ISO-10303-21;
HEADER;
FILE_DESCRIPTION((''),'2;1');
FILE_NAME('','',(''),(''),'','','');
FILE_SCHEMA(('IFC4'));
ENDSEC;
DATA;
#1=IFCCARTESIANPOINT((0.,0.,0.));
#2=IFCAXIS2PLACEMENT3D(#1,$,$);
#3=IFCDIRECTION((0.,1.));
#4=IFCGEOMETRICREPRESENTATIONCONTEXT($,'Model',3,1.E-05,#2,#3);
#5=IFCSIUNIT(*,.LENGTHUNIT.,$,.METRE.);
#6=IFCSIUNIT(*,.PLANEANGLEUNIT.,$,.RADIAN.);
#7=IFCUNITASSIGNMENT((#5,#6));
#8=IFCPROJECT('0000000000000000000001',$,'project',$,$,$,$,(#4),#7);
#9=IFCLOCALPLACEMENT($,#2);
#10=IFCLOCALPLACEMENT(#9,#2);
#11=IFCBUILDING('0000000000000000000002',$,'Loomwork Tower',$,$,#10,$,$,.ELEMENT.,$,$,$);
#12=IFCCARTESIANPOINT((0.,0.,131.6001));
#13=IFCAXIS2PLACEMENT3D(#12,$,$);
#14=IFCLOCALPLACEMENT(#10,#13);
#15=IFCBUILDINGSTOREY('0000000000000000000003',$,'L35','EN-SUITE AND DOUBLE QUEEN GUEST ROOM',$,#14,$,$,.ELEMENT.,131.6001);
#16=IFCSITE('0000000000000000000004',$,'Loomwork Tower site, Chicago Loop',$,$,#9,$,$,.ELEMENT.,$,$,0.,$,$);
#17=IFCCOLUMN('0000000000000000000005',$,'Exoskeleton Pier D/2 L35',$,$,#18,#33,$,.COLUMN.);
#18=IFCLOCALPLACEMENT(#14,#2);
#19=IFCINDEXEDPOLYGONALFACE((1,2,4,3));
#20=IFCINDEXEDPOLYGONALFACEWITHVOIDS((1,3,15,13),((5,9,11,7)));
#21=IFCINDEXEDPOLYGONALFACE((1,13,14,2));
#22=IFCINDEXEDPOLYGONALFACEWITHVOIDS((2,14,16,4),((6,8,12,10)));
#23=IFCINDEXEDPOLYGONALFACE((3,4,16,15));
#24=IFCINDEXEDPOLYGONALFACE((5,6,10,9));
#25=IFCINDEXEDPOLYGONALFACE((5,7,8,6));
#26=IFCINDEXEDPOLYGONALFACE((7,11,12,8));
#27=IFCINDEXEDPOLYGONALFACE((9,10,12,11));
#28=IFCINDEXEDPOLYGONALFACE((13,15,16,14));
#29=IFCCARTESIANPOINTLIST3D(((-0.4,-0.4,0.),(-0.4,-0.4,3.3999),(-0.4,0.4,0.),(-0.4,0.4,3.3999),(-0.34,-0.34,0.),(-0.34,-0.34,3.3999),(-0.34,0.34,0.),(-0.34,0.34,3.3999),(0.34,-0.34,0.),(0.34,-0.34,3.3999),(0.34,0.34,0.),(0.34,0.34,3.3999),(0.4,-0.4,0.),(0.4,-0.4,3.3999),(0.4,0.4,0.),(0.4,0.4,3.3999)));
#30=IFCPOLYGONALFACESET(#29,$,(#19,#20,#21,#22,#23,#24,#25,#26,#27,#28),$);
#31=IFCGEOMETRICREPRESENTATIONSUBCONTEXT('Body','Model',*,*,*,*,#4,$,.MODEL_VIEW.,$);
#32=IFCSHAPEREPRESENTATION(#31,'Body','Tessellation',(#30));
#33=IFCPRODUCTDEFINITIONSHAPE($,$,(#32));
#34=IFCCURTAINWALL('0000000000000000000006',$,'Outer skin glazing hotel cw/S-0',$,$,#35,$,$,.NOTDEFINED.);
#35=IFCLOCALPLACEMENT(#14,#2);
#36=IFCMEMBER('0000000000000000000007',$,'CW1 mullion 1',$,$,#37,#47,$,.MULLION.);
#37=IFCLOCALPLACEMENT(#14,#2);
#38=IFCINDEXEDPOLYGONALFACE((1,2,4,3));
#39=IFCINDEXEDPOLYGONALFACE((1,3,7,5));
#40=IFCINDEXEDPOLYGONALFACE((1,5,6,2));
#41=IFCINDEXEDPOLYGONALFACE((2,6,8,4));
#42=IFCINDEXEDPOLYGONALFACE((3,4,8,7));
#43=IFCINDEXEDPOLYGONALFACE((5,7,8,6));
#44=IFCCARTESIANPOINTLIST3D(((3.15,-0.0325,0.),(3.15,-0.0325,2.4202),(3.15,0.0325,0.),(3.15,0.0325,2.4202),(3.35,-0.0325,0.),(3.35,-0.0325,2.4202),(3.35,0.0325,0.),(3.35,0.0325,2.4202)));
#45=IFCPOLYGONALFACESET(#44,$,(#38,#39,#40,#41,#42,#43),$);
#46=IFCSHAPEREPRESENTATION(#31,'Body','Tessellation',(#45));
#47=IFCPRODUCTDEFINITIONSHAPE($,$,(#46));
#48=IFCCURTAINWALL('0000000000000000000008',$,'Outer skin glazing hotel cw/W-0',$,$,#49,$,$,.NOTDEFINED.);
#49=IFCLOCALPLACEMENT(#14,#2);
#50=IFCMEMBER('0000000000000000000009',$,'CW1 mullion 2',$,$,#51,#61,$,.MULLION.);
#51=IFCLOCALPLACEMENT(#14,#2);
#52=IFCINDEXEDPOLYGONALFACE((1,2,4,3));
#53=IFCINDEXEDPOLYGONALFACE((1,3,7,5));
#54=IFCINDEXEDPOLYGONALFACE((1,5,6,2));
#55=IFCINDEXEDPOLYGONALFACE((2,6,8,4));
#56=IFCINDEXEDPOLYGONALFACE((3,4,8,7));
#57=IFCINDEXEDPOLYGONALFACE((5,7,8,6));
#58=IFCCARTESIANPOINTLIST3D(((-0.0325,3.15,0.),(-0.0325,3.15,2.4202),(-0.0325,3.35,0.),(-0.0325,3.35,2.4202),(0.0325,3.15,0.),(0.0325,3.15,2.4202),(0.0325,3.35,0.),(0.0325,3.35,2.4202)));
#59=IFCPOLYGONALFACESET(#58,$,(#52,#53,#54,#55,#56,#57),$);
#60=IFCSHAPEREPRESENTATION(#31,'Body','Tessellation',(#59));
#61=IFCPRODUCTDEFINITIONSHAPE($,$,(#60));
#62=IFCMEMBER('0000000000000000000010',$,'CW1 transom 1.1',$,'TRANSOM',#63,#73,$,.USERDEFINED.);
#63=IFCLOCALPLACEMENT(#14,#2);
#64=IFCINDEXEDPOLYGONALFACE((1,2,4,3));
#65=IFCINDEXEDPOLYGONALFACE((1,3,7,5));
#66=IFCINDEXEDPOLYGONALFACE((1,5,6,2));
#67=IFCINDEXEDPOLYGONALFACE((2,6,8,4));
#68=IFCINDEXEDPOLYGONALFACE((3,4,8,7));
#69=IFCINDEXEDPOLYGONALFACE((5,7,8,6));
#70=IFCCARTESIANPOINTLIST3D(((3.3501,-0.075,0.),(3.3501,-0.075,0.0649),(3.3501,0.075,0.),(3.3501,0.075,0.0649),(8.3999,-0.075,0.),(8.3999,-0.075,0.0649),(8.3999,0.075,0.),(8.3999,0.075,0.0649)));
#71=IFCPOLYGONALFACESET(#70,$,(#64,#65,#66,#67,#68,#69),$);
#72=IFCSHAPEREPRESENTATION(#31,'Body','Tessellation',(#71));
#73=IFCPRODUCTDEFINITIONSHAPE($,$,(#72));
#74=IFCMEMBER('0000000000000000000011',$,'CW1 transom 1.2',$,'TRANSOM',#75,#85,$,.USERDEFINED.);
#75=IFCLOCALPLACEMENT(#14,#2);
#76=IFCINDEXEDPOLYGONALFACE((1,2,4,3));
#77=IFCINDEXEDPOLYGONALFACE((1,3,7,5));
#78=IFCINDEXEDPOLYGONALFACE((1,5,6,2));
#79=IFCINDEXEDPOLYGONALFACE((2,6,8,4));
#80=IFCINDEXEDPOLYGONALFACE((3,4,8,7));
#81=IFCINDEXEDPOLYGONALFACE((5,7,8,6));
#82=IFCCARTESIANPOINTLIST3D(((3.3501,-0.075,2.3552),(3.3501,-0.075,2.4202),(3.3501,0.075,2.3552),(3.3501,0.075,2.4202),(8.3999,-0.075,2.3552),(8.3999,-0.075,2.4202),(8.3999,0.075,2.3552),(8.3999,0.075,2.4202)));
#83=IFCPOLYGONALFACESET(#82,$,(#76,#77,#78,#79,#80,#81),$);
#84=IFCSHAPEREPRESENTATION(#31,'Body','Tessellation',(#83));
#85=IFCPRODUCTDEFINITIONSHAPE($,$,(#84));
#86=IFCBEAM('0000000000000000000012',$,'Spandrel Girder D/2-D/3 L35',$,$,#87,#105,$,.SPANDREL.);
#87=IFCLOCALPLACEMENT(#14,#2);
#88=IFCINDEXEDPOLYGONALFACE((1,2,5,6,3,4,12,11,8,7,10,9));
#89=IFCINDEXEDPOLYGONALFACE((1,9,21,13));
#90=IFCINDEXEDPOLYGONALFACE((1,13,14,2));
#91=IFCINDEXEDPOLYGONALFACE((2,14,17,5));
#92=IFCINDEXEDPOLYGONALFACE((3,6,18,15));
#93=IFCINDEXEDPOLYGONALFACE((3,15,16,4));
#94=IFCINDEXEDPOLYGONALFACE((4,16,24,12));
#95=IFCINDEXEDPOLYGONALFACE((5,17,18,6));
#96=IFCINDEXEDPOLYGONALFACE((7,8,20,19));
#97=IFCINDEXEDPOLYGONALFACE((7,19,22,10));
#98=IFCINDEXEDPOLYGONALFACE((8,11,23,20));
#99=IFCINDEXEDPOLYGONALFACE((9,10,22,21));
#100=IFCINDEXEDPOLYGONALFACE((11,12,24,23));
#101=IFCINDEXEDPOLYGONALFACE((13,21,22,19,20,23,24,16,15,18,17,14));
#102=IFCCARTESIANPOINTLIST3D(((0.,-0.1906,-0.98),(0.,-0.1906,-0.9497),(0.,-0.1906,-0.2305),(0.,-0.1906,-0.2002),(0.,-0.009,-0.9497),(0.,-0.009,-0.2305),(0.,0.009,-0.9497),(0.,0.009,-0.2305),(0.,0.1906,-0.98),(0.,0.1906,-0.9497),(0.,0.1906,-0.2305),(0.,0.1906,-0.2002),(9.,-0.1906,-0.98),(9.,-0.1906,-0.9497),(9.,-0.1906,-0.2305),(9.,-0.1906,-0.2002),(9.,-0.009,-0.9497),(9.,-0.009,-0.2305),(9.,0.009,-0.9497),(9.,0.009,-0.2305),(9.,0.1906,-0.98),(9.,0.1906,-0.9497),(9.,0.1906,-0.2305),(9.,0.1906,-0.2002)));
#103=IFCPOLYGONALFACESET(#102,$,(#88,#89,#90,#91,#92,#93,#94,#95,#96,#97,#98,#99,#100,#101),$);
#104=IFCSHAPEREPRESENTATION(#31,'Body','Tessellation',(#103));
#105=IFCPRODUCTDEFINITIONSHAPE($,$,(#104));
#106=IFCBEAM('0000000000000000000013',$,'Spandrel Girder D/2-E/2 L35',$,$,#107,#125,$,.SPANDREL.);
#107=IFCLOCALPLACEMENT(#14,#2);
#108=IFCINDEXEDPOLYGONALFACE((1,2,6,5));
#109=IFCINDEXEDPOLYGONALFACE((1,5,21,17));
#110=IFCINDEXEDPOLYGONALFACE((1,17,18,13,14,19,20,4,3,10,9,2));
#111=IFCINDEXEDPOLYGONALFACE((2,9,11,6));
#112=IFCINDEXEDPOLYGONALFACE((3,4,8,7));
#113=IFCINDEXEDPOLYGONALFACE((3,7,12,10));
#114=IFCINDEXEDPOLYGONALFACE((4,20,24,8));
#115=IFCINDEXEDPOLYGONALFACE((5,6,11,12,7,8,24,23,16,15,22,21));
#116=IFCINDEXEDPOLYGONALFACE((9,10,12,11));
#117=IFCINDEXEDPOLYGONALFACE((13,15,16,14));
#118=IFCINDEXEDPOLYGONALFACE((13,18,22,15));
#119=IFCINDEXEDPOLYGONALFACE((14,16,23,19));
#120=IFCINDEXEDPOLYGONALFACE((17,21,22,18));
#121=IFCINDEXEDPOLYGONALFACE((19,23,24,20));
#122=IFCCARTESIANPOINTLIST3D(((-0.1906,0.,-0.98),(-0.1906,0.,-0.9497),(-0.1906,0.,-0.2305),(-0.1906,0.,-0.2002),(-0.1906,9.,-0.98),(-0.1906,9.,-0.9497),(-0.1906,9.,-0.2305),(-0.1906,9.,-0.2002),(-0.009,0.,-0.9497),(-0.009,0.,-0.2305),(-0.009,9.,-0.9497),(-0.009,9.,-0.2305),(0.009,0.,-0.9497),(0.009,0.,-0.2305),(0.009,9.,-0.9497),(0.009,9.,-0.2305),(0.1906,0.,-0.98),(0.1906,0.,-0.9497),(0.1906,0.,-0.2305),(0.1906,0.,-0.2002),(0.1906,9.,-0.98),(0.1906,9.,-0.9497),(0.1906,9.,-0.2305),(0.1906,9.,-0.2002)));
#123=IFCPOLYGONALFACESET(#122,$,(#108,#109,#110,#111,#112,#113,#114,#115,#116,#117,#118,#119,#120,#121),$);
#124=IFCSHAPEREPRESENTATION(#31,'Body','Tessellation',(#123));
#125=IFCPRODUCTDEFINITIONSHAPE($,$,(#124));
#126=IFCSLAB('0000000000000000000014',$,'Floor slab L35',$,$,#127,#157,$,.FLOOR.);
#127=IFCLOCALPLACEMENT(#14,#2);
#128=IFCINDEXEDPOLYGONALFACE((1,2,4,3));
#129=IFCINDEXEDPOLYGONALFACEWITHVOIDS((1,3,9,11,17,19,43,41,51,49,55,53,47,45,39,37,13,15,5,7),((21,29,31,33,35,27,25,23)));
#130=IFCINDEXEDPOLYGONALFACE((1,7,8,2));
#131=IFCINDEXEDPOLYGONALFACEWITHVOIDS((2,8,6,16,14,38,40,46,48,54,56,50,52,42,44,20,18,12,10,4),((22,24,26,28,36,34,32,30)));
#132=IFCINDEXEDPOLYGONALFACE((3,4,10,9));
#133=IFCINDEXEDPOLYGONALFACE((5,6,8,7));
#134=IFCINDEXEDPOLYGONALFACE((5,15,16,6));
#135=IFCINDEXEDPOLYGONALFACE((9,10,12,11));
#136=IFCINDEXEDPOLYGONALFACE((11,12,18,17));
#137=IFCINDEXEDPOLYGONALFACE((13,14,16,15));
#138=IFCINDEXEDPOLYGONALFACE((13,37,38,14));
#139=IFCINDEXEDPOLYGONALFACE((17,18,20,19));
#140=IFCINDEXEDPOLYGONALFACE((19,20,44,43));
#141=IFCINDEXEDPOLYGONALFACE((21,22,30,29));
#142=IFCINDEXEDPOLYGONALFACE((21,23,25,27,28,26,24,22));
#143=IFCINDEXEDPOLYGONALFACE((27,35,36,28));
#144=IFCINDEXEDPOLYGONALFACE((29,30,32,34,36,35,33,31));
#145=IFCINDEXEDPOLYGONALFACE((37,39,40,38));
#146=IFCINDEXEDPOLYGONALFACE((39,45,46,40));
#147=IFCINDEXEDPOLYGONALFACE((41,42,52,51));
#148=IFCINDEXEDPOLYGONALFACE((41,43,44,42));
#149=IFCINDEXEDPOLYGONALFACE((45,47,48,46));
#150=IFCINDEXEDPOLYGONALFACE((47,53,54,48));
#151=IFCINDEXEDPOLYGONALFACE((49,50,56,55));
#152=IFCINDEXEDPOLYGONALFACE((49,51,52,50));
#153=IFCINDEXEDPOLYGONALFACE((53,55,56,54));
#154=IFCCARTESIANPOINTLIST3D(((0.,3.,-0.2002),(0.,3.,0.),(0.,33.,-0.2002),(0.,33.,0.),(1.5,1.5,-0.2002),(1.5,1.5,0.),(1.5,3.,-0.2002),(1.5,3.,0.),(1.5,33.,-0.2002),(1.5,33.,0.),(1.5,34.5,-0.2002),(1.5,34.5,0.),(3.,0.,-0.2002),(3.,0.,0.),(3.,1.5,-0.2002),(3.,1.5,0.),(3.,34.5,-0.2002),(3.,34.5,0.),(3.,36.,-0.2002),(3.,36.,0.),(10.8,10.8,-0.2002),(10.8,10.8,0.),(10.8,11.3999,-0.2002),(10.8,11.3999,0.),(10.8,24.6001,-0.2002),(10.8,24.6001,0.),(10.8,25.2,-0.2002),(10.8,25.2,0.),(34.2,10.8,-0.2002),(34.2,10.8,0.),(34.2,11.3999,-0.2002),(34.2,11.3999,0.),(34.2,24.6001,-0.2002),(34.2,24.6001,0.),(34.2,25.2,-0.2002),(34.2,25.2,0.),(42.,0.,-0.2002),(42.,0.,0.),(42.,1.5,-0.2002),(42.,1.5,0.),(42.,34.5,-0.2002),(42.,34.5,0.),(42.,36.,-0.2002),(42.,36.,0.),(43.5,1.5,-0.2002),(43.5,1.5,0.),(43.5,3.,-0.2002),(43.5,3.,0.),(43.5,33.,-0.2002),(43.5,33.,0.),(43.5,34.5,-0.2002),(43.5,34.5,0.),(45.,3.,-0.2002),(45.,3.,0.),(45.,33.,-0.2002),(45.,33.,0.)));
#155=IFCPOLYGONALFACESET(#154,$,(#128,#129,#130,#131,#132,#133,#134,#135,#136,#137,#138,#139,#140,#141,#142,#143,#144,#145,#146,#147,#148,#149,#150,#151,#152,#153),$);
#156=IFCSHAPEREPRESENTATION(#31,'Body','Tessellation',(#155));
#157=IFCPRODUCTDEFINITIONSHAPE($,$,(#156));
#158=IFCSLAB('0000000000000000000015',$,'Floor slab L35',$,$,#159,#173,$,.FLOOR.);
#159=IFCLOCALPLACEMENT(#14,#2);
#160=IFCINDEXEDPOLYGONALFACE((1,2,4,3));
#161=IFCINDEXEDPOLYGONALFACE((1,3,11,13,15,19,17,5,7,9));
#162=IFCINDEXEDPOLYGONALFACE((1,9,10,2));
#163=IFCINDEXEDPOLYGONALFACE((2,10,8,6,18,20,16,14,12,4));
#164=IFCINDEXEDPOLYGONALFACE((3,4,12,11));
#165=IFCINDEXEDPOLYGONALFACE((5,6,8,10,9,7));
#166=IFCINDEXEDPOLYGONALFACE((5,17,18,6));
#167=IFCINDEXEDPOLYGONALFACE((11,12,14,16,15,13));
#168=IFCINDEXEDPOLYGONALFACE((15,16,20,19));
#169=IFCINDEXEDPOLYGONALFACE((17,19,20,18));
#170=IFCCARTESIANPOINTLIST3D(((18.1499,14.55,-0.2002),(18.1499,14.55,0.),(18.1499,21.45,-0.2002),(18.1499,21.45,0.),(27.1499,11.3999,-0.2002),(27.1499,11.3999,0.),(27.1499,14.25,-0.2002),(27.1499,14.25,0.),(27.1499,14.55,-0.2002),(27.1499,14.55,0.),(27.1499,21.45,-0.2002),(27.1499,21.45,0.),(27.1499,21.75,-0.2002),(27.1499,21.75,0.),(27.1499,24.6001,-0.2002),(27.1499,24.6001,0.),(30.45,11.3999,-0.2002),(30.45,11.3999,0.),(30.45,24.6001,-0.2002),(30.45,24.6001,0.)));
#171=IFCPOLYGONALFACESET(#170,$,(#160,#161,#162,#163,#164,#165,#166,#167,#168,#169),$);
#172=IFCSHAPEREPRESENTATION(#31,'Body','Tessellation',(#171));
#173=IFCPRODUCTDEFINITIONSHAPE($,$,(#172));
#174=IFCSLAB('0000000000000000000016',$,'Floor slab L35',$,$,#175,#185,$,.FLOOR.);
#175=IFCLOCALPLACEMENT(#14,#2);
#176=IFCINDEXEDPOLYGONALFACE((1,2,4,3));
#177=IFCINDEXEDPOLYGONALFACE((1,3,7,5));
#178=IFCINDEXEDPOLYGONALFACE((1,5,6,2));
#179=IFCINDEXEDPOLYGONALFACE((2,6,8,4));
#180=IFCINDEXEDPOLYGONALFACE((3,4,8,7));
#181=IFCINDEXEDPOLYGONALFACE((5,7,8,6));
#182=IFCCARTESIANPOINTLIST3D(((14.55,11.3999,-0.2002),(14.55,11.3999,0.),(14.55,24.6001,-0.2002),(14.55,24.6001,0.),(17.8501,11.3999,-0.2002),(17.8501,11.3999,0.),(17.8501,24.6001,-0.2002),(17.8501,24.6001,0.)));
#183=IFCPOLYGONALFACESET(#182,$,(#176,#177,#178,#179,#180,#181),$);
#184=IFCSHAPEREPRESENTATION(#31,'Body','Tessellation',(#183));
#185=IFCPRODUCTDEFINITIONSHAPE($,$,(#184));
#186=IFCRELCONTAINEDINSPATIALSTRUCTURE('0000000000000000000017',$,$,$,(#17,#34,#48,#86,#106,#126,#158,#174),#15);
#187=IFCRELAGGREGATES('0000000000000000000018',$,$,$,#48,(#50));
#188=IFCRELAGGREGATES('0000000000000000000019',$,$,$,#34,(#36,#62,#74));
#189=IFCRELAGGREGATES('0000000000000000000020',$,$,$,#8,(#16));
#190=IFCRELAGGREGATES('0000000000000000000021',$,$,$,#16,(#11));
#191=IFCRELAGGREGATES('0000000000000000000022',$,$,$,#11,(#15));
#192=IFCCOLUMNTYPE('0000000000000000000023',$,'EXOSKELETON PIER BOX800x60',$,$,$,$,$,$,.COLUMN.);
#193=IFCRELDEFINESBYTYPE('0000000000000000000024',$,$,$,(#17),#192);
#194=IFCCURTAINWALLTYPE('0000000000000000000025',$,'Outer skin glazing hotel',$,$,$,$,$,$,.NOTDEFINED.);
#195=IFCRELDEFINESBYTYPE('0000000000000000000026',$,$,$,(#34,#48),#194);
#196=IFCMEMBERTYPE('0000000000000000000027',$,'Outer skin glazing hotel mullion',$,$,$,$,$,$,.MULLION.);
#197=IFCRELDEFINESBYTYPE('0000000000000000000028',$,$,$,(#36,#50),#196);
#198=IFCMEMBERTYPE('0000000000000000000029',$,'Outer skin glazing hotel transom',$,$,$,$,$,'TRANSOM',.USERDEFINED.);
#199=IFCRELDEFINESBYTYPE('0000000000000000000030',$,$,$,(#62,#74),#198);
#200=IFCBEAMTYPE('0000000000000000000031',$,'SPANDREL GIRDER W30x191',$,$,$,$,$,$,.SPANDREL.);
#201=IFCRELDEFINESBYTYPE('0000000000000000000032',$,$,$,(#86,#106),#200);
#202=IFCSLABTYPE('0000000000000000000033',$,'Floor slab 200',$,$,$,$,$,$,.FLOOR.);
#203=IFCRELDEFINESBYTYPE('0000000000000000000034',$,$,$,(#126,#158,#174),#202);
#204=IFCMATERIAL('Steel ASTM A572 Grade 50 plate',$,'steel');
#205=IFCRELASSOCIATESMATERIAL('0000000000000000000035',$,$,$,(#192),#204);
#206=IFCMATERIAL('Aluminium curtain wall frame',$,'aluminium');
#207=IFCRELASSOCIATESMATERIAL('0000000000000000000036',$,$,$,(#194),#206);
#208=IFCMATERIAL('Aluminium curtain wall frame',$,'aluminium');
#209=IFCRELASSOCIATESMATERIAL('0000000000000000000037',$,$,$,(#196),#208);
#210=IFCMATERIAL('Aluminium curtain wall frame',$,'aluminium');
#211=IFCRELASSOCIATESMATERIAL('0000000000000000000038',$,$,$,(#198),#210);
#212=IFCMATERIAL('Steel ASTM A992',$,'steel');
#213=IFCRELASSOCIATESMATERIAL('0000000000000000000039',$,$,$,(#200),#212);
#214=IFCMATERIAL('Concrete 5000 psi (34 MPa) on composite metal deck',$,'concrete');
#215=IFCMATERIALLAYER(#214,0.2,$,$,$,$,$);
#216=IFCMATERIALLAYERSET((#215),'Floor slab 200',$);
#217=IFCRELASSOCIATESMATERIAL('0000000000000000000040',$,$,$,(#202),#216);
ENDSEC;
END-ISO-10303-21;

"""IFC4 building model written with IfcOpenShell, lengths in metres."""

from ifc_helpers import new_model, si_unit, direction, frame, origin, origin_with_axes, origin_2d, place, context, subcontext, project, spatial, polyline, rectangle, hollow_rectangle, i_section, outline, extrude, material, layer, layer_set, material_profile, profile_set, type_object, element, aggregate, save


model = new_model("IFC4")

# Units and contexts
model_context = context("Model", 3, precision=1e-05, world=origin(), true_north=direction((0.0, 1.0)))
body_context = subcontext(model_context, "Body", "Model", "MODEL_VIEW")
ifc_project = project(units=[si_unit("LENGTHUNIT", "METRE"), si_unit("PLANEANGLEUNIT", "RADIAN")], contexts=[model_context])

# Site, building, storey
site_placement = place(None, origin())
site = spatial("IfcSite", under=ifc_project, at=site_placement, Name="Loomwork Tower site, Chicago Loop", CompositionType="ELEMENT", RefElevation=0.0)
building_placement = place(site_placement, origin())
building = spatial("IfcBuilding", under=site, at=building_placement, Name="Loomwork Tower", CompositionType="ELEMENT")
storey_placement = place(building_placement, frame((0.0, 0.0, 131.6001)))
storey = spatial("IfcBuildingStorey", under=building, at=storey_placement, Name="L35", Description="EN-SUITE AND DOUBLE QUEEN GUEST ROOM", CompositionType="ELEMENT", Elevation=131.6001)

# Column
ifc_material_1 = material(Name="Steel ASTM A572 Grade 50 plate", Category="steel")
ifc_material_profile_1 = material_profile(ifc_material_1, hollow_rectangle(XDim=0.8, YDim=0.8, WallThickness=0.0601, at=origin_2d()), Name="BOX800x60")
ifc_profile_set_1 = profile_set([ifc_material_profile_1], Name="Steel ASTM A572 Grade 50 plate")
column_type = type_object("IfcColumnType", Name="EXOSKELETON PIER BOX800x60", PredefinedType="COLUMN", material=ifc_profile_set_1)
column_placement = place(storey_placement, origin_with_axes())
element("IfcColumn", 1, at=column_placement, inside=storey, type_object=column_type, Name="Exoskeleton Pier D/2 L35", PredefinedType="COLUMN", context=body_context, shape_type="SweptSolid", body=[
    extrude(hollow_rectangle(XDim=0.8, YDim=0.8, WallThickness=0.0601, at=origin_2d()), origin(), (0.0, 0.0, 1.0), 3.3999),
])

# Curtain walls, members
ifc_material_2 = material(Name="Aluminium curtain wall frame", Category="aluminium")
curtain_wall_type = type_object("IfcCurtainWallType", Name="Outer skin glazing hotel", PredefinedType="NOTDEFINED", material=ifc_material_2)
curtain_wall_1_placement = place(storey_placement, origin())
curtain_wall_1 = element("IfcCurtainWall", 2, at=curtain_wall_1_placement, inside=storey, type_object=curtain_wall_type, Name="Outer skin glazing hotel cw/S-0", PredefinedType="NOTDEFINED")
ifc_material_3 = material(Name="Aluminium curtain wall frame", Category="aluminium")
ifc_material_profile_2 = material_profile(ifc_material_3, rectangle(XDim=0.0649, YDim=0.2, at=origin_2d()), Name="AL 65x200")
ifc_profile_set_2 = profile_set([ifc_material_profile_2], Name="Aluminium curtain wall frame")
member_type_1 = type_object("IfcMemberType", Name="Outer skin glazing hotel mullion", PredefinedType="MULLION", material=ifc_profile_set_2)
member_1_placement = place(storey_placement, frame((3.25, 0.0, 0.0), z_axis=(0.0, 0.0, 1.0), x_axis=(0.0, 1.0, 0.0)))
member_1 = element("IfcMember", 3, at=member_1_placement, type_object=member_type_1, Name="CW1 mullion 1", PredefinedType="MULLION", context=body_context, shape_type="SweptSolid", body=[
    extrude(rectangle(XDim=0.0649, YDim=0.2, at=origin_2d()), origin(), (0.0, 0.0, 1.0), 2.4202),
])
curtain_wall_2_placement = place(storey_placement, origin())
curtain_wall_2 = element("IfcCurtainWall", 4, at=curtain_wall_2_placement, inside=storey, type_object=curtain_wall_type, Name="Outer skin glazing hotel cw/W-0", PredefinedType="NOTDEFINED")
member_2_placement = place(storey_placement, frame((0.0, 3.25, 0.0), z_axis=(0.0, 0.0, 1.0), x_axis=(1.0, 0.0, 0.0)))
member_2 = element("IfcMember", 5, at=member_2_placement, type_object=member_type_1, Name="CW1 mullion 2", PredefinedType="MULLION", context=body_context, shape_type="SweptSolid", body=[
    extrude(rectangle(XDim=0.0649, YDim=0.2, at=origin_2d()), origin(), (0.0, 0.0, 1.0), 2.4202),
])
aggregate(curtain_wall_2, [member_2])

# Members
ifc_material_4 = material(Name="Aluminium curtain wall frame", Category="aluminium")
ifc_material_profile_3 = material_profile(ifc_material_4, rectangle(XDim=0.1499, YDim=0.0649, at=origin_2d()), Name="AL 65x150")
ifc_profile_set_3 = profile_set([ifc_material_profile_3], Name="Aluminium curtain wall frame")
member_type_2 = type_object("IfcMemberType", Name="Outer skin glazing hotel transom", ElementType="TRANSOM", PredefinedType="USERDEFINED", material=ifc_profile_set_3)
member_3_placement = place(storey_placement, frame((3.3501, 0.0, 0.0325), z_axis=(1.0, 0.0, 0.0), x_axis=(0.0, 1.0, 0.0)))
member_3 = element("IfcMember", 6, at=member_3_placement, type_object=member_type_2, Name="CW1 transom 1.1", ObjectType="TRANSOM", PredefinedType="USERDEFINED", context=body_context, shape_type="SweptSolid", body=[
    extrude(rectangle(XDim=0.1499, YDim=0.0649, at=origin_2d()), origin(), (0.0, 0.0, 1.0), 5.0498),
])
member_4_placement = place(storey_placement, frame((3.3501, 0.0, 2.3877), z_axis=(1.0, 0.0, 0.0), x_axis=(0.0, 1.0, 0.0)))
member_4 = element("IfcMember", 7, at=member_4_placement, type_object=member_type_2, Name="CW1 transom 1.2", ObjectType="TRANSOM", PredefinedType="USERDEFINED", context=body_context, shape_type="SweptSolid", body=[
    extrude(rectangle(XDim=0.1499, YDim=0.0649, at=origin_2d()), origin(), (0.0, 0.0, 1.0), 5.0498),
])

# Beams
ifc_material_5 = material(Name="Steel ASTM A992", Category="steel")
ifc_material_profile_4 = material_profile(ifc_material_5, i_section(OverallWidth=0.3811, OverallDepth=0.7798, WebThickness=0.0181, FlangeThickness=0.0303, at=origin_2d()), Name="W30x191")
ifc_profile_set_4 = profile_set([ifc_material_profile_4], Name="Steel ASTM A992")
beam_type = type_object("IfcBeamType", Name="SPANDREL GIRDER W30x191", PredefinedType="SPANDREL", material=ifc_profile_set_4)
for number, where, z_axis, x_axis, name in (
    (8, (0.0, 0.0, -0.5901), (1.0, 0.0, 0.0), (0.0, 1.0, 0.0), "Spandrel Girder D/2-D/3 L35"),
    (9, (0.0, 0.0, -0.5901), (0.0, 1.0, 0.0), (-1.0, 0.0, 0.0), "Spandrel Girder D/2-E/2 L35"),
):
    element("IfcBeam", number, at=place(storey_placement, frame(where, z_axis=z_axis, x_axis=x_axis)), inside=storey, type_object=beam_type, Name=name, PredefinedType="SPANDREL", context=body_context, shape_type="SweptSolid", body=[
        extrude(i_section(OverallWidth=0.3811, OverallDepth=0.7798, WebThickness=0.0181, FlangeThickness=0.0303, at=origin_2d()), origin(), (0.0, 0.0, 1.0), 9.0),
    ])

# Slabs
ifc_material_6 = material(Name="Concrete 5000 psi (34 MPa) on composite metal deck", Category="concrete")
ifc_layer_1 = layer(ifc_material_6, 0.2)
ifc_layer_set_1 = layer_set([ifc_layer_1], Name="Floor slab 200")
slab_type_1 = type_object("IfcSlabType", Name="Floor slab 200", PredefinedType="FLOOR", material=ifc_layer_set_1)
slab_1_placement = place(storey_placement, frame((0.0, 0.0, -0.2002)))
element("IfcSlab", 10, at=slab_1_placement, inside=storey, type_object=slab_type_1, Name="Floor slab L35", PredefinedType="FLOOR", context=body_context, shape_type="SweptSolid", body=[
    extrude(outline(polyline([(3.0, 1.5), (1.5, 1.5), (1.5, 3.0), (0.0, 3.0), (0.0, 33.0), (1.5, 33.0), (1.5, 34.5), (3.0, 34.5), (3.0, 36.0), (42.0, 36.0), (42.0, 34.5), (43.5, 34.5), (43.5, 33.0), (45.0, 33.0), (45.0, 3.0), (43.5, 3.0), (43.5, 1.5), (42.0, 1.5), (42.0, 0.0), (3.0, 0.0), (3.0, 1.5)]), holes=[polyline([(10.8, 11.3999), (10.8, 11.3999), (10.8, 10.8), (34.2, 10.8), (34.2, 11.3999), (34.2, 11.3999), (34.2, 24.6001), (34.2, 25.2), (10.8, 25.2), (10.8, 24.6001), (10.8, 11.3999)])]), origin(), (0.0, 0.0, 1.0), 0.2002),
])
slab_2_placement = place(storey_placement, frame((0.0, 0.0, -0.2002)))
element("IfcSlab", 11, at=slab_2_placement, inside=storey, type_object=slab_type_1, Name="Floor slab L35", PredefinedType="FLOOR", context=body_context, shape_type="SweptSolid", body=[
    extrude(outline(polyline([(30.45, 24.6001), (30.45, 11.3999), (27.1499, 11.3999), (27.1499, 14.25), (27.1499, 14.55), (18.1499, 14.55), (18.1499, 21.45), (27.1499, 21.45), (27.1499, 21.75), (27.1499, 24.6001), (30.45, 24.6001)])), origin(), (0.0, 0.0, 1.0), 0.2002),
])
slab_3_placement = place(storey_placement, frame((0.0, 0.0, -0.2002)))
element("IfcSlab", 12, at=slab_3_placement, inside=storey, type_object=slab_type_1, Name="Floor slab L35", PredefinedType="FLOOR", context=body_context, shape_type="SweptSolid", body=[
    extrude(outline(polyline([(14.55, 11.3999), (14.55, 24.6001), (17.8501, 24.6001), (17.8501, 11.3999), (14.55, 11.3999)])), origin(), (0.0, 0.0, 1.0), 0.2002),
])

aggregate(curtain_wall_1, [member_1, member_3, member_4])

save(model, "model.ifc")
